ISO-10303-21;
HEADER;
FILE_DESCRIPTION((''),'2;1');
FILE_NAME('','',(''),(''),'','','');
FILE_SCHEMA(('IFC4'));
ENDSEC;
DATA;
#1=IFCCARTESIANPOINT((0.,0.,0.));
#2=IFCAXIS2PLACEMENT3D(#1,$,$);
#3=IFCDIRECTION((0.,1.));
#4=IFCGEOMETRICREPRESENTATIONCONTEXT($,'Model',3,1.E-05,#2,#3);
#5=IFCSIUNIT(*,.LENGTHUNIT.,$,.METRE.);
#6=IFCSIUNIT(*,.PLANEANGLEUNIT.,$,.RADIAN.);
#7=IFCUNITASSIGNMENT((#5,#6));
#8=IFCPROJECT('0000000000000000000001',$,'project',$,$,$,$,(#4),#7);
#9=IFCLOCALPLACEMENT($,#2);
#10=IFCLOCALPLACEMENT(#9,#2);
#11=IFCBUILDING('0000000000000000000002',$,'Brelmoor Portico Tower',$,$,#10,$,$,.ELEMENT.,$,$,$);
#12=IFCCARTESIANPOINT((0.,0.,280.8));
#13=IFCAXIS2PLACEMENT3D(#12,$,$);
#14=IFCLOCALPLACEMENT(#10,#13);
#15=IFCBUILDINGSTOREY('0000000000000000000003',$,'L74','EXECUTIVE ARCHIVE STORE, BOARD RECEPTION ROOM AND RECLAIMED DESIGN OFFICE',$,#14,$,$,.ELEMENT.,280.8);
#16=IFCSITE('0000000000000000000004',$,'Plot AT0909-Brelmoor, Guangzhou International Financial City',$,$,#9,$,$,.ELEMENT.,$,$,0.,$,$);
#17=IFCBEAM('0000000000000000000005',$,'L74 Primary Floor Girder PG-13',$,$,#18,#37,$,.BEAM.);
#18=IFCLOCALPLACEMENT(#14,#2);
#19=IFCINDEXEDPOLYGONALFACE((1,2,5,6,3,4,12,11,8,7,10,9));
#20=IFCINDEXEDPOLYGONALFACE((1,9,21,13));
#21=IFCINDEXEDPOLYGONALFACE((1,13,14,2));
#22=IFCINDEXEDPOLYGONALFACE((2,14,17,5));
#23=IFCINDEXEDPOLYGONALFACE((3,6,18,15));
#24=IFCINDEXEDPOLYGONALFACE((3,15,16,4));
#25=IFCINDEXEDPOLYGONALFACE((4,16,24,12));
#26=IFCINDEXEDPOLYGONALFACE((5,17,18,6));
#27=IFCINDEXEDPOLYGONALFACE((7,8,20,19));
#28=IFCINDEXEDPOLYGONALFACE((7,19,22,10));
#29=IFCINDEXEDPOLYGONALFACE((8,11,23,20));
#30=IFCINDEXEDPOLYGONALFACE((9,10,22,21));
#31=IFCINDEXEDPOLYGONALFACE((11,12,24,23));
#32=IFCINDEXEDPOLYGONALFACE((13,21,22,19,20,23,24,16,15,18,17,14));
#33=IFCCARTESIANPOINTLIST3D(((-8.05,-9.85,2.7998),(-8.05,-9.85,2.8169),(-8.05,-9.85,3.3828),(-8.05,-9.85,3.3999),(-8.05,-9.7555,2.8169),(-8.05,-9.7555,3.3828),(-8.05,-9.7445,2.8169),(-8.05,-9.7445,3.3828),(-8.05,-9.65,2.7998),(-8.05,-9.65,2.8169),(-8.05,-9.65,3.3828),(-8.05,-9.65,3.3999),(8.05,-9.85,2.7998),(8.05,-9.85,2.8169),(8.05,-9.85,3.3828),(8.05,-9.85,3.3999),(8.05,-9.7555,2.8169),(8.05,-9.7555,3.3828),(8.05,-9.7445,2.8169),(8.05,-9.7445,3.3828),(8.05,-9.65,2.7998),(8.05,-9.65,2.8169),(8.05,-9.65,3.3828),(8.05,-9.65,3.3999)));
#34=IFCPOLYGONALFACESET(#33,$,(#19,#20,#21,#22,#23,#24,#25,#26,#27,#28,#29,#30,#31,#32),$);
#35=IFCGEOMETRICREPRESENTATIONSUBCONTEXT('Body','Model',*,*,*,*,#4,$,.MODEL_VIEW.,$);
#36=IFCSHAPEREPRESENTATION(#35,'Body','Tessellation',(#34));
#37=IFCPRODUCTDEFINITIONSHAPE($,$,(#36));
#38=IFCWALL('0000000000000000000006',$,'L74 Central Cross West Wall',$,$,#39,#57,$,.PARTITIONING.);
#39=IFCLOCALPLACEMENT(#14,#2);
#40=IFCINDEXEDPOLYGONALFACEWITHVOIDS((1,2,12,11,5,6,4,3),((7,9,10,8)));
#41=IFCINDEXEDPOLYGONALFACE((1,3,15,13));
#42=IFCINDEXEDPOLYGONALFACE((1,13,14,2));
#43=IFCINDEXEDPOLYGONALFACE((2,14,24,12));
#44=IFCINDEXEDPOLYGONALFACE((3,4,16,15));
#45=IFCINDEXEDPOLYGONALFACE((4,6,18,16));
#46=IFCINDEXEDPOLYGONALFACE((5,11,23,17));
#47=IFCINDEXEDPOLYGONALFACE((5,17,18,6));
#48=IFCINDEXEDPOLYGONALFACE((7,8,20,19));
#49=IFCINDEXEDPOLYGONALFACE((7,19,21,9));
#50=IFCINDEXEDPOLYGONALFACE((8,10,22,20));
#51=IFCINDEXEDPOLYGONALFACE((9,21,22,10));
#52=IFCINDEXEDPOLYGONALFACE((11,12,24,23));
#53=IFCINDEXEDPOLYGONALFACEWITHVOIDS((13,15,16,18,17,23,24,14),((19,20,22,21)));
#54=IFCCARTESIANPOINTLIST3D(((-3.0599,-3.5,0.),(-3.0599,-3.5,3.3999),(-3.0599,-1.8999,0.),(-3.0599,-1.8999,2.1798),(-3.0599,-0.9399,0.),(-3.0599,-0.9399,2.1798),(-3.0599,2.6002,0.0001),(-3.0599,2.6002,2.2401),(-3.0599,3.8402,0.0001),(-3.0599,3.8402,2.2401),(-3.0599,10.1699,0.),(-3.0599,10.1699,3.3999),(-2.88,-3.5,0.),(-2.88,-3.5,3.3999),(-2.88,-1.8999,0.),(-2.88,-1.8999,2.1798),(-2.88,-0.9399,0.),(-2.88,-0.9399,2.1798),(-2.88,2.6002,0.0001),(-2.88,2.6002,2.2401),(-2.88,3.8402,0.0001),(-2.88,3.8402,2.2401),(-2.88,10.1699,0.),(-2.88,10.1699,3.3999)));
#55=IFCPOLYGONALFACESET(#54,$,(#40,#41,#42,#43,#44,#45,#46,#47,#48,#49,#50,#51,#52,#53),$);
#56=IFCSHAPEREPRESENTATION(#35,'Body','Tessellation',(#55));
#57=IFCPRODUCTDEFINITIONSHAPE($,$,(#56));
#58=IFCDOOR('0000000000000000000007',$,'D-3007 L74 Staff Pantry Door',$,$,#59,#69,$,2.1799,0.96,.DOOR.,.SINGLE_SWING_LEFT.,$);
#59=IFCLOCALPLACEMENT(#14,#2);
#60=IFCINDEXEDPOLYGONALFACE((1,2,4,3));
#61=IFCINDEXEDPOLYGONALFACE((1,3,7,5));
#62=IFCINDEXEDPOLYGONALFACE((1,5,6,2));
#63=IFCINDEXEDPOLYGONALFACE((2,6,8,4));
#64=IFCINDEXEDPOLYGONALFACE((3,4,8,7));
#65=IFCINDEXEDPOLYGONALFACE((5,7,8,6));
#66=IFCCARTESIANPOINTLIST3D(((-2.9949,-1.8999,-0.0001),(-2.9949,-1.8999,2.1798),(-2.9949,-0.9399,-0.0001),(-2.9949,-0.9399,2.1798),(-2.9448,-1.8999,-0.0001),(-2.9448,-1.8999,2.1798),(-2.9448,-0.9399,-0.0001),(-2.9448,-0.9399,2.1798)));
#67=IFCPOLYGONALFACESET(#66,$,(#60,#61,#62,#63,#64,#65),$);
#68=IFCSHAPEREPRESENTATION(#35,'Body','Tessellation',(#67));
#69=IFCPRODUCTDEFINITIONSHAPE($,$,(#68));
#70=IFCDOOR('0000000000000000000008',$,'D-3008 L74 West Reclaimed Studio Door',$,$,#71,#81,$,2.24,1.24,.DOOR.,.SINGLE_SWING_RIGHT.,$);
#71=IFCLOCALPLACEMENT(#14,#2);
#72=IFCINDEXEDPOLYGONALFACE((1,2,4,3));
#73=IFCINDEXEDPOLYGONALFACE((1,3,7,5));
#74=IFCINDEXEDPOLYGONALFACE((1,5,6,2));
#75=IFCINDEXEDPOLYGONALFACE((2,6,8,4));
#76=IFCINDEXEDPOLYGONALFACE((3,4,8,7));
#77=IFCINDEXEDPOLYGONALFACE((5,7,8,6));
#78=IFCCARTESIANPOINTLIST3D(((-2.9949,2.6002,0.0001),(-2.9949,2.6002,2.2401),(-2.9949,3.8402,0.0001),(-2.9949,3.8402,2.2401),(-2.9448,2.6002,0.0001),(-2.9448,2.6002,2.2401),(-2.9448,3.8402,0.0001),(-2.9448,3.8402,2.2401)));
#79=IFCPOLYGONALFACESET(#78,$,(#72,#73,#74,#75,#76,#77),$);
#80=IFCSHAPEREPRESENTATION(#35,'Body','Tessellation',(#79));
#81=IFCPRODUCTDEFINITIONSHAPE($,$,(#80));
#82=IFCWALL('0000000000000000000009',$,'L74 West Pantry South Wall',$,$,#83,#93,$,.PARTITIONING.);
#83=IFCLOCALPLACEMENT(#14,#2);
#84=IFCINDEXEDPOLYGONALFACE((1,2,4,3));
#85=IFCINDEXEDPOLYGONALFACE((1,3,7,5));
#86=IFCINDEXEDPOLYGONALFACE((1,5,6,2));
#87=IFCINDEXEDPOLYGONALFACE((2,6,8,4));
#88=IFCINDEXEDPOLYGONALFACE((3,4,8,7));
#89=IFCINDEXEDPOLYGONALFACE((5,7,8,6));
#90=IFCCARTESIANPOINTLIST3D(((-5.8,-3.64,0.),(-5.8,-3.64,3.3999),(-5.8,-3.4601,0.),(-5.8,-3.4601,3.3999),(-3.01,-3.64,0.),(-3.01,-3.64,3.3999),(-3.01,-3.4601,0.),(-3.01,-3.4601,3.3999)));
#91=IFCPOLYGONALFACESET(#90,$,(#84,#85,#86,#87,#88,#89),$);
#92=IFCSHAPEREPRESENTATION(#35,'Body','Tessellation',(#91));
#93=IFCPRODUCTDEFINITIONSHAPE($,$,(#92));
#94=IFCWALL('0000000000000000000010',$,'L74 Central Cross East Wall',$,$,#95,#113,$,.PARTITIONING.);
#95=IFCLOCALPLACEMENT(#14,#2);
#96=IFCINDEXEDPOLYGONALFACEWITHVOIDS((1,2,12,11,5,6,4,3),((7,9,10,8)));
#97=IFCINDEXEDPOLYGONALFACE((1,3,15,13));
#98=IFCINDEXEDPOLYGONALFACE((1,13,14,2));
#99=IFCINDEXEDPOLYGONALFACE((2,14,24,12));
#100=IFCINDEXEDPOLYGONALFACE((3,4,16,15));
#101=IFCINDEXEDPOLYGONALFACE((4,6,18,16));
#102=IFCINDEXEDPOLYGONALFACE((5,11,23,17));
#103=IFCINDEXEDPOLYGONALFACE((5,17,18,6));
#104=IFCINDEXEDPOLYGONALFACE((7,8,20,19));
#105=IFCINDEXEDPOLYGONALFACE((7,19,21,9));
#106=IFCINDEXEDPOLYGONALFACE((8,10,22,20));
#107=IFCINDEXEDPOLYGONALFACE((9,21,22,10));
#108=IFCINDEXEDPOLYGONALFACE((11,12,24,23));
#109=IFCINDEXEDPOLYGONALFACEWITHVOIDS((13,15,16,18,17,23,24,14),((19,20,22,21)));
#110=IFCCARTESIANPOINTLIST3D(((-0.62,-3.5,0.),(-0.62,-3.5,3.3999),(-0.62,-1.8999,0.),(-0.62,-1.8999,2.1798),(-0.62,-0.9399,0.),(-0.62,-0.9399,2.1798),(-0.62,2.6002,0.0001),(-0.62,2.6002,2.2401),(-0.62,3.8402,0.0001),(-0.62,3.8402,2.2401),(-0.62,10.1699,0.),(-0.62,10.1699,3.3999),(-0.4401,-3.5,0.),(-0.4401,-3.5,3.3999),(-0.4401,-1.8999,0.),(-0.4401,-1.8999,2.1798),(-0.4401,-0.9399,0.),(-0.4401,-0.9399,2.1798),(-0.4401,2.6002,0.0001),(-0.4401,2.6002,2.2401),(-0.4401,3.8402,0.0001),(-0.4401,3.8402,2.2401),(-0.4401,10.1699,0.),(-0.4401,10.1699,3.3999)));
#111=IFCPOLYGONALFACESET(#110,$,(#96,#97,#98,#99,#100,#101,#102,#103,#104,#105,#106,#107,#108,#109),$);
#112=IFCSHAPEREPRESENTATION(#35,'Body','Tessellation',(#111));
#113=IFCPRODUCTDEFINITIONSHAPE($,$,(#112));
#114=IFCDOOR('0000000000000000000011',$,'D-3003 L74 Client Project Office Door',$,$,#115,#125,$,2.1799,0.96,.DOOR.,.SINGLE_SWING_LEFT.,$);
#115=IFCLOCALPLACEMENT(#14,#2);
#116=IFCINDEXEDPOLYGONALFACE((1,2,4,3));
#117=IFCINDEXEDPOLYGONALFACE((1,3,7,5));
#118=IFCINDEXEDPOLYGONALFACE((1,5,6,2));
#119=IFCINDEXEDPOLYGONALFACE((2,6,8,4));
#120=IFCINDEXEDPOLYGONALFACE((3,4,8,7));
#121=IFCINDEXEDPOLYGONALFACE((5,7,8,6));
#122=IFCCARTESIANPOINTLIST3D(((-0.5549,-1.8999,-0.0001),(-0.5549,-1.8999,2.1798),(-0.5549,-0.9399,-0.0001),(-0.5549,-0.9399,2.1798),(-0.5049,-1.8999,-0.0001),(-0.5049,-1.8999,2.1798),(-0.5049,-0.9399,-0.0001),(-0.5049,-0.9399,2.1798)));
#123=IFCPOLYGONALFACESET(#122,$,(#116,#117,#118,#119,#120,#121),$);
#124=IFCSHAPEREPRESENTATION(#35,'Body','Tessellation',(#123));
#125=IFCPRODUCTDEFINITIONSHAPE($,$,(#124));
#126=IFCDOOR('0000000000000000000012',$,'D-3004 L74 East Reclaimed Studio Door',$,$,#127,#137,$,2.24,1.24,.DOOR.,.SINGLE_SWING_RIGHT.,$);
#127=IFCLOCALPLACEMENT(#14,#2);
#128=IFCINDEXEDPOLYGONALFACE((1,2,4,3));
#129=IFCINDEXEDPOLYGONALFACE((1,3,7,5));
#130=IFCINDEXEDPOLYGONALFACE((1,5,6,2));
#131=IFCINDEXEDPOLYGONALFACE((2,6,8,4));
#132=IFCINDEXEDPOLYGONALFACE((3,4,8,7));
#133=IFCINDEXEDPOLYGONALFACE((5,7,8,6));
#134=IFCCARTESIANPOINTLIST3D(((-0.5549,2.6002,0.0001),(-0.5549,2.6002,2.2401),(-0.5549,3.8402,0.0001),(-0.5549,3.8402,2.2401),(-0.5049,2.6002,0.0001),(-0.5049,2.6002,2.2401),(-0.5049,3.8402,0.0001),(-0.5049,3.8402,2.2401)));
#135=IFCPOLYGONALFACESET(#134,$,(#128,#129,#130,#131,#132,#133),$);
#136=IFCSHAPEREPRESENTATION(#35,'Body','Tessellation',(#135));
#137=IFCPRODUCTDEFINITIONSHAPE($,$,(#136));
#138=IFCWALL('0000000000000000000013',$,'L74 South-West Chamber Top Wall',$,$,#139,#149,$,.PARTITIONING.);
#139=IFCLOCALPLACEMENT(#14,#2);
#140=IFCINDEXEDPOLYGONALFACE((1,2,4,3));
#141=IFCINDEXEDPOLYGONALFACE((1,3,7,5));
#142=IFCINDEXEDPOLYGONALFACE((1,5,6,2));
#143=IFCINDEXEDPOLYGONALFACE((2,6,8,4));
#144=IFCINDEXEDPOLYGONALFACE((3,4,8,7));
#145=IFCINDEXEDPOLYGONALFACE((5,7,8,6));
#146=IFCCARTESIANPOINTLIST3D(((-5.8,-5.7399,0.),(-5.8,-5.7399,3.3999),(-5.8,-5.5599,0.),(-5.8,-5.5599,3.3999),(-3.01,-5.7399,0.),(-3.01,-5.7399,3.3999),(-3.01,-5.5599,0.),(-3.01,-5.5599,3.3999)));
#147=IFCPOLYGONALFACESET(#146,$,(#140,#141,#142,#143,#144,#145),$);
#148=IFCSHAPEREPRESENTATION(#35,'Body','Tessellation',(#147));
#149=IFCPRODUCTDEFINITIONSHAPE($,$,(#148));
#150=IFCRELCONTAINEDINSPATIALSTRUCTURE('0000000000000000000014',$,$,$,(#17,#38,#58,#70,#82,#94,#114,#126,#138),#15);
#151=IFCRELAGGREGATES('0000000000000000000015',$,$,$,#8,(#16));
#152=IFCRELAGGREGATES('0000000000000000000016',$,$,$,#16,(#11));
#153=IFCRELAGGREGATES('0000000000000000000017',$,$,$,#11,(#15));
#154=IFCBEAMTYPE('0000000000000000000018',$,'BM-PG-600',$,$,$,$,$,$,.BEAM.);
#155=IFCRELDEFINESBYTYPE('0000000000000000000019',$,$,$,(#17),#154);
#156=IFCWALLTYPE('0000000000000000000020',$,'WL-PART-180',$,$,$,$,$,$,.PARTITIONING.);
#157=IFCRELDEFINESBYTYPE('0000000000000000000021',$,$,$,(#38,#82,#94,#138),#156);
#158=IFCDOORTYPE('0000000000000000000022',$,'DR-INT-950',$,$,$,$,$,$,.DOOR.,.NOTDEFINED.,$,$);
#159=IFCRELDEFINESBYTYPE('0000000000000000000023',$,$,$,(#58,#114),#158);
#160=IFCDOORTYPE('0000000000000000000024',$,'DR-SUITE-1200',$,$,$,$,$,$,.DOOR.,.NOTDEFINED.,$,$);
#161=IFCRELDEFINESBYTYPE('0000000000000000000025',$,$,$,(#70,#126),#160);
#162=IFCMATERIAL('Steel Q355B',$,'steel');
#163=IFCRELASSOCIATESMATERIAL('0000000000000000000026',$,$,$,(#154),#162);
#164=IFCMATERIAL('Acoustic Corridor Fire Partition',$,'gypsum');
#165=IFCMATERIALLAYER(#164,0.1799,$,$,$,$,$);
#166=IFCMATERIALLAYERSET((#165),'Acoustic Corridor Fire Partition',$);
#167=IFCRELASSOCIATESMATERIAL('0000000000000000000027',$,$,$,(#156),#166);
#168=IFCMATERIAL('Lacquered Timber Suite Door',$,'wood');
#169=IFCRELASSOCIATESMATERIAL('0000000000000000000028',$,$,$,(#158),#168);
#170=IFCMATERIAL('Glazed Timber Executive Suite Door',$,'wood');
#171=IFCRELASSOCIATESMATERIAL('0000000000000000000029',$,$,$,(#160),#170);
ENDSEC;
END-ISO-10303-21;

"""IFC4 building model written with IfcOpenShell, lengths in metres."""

from ifc_helpers import new_model, si_unit, direction, frame, frame_2d, origin, origin_2d, place, context, subcontext, project, spatial, rectangle, i_section, extrude, material, layer, layer_set, material_profile, profile_set, type_object, element, fill, save


model = new_model("IFC4")

# Units and contexts
model_context = context("Model", 3, precision=1e-05, world=origin(), true_north=direction((0.0, 1.0)))
body_context = subcontext(model_context, "Body", "Model", "MODEL_VIEW")
ifc_project = project(units=[si_unit("LENGTHUNIT", "METRE"), si_unit("PLANEANGLEUNIT", "RADIAN")], contexts=[model_context])

# Site, building, storey
site_placement = place(None, origin())
site = spatial("IfcSite", under=ifc_project, at=site_placement, Name="Plot AT0909-Brelmoor, Guangzhou International Financial City", CompositionType="ELEMENT", RefElevation=0.0)
building_placement = place(site_placement, origin())
building = spatial("IfcBuilding", under=site, at=building_placement, Name="Brelmoor Portico Tower", CompositionType="ELEMENT")
storey_placement = place(building_placement, frame((0.0, 0.0, 280.8)))
storey = spatial("IfcBuildingStorey", under=building, at=storey_placement, Name="L74", Description="EXECUTIVE ARCHIVE STORE, BOARD RECEPTION ROOM AND RECLAIMED DESIGN OFFICE", CompositionType="ELEMENT", Elevation=280.8)

# Beam
ifc_material_1 = material(Name="Steel Q355B", Category="steel")
ifc_material_profile = material_profile(ifc_material_1, i_section(OverallWidth=0.2, OverallDepth=0.6001, WebThickness=0.011, FlangeThickness=0.0171, at=origin_2d()), Name="HN 600x200x11x17")
ifc_profile_set = profile_set([ifc_material_profile], Name="Steel Q355B")
beam_type = type_object("IfcBeamType", Name="BM-PG-600", PredefinedType="BEAM", material=ifc_profile_set)
beam_placement = place(storey_placement, frame((-8.05, -9.75, 3.0999), z_axis=(1.0, 0.0, 0.0), x_axis=(0.0, 1.0, 0.0)))
element("IfcBeam", 1, at=beam_placement, inside=storey, type_object=beam_type, Name="L74 Primary Floor Girder PG-13", PredefinedType="BEAM", context=body_context, shape_type="SweptSolid", body=[
    extrude(i_section(OverallWidth=0.2, OverallDepth=0.6001, WebThickness=0.011, FlangeThickness=0.0171, at=origin_2d()), origin(), (0.0, 0.0, 1.0), 16.1001),
])

# Wall, openings, doors
ifc_material_2 = material(Name="Acoustic Corridor Fire Partition", Category="gypsum")
ifc_layer_1 = layer(ifc_material_2, 0.1799)
ifc_layer_set_1 = layer_set([ifc_layer_1], Name="Acoustic Corridor Fire Partition")
wall_type_1 = type_object("IfcWallType", Name="WL-PART-180", PredefinedType="PARTITIONING", material=ifc_layer_set_1)
wall_1_placement = place(storey_placement, frame((-2.97, -3.5, 0.0), z_axis=(0.0, 0.0, 1.0), x_axis=(0.0, 1.0, 0.0)))
wall_1 = element("IfcWall", 2, at=wall_1_placement, inside=storey, type_object=wall_type_1, Name="L74 Central Cross West Wall", PredefinedType="PARTITIONING", context=body_context, shape_type="SweptSolid", body=[
    extrude(rectangle(XDim=13.6699, YDim=0.1799, at=frame_2d((6.835, 0.0))), origin(), (0.0, 0.0, 1.0), 3.3999),
])
opening_1_placement = place(wall_1_placement, frame((6.1001, 0.0, 0.0)))
opening_1 = element("IfcOpeningElement", 3, at=opening_1_placement, cuts=wall_1, PredefinedType="OPENING", context=body_context, shape_type="SweptSolid", body=[
    extrude(rectangle(XDim=1.24, YDim=2.24, at=frame_2d((0.6201, 1.1201))), frame((0.0, 0.0999, 0.0), z_axis=(0.0, -1.0, 0.0), x_axis=(1.0, 0.0, 0.0)), (0.0, 0.0, 1.0), 0.2),
])
opening_2_placement = place(wall_1_placement, frame((1.6001, 0.0, 0.0)))
opening_2 = element("IfcOpeningElement", 4, at=opening_2_placement, cuts=wall_1, PredefinedType="OPENING", context=body_context, shape_type="SweptSolid", body=[
    extrude(rectangle(XDim=0.96, YDim=2.1799, at=frame_2d((0.48, 1.0898))), frame((0.0, 0.0999, 0.0), z_axis=(0.0, -1.0, 0.0), x_axis=(1.0, 0.0, 0.0)), (0.0, 0.0, 1.0), 0.2),
])
ifc_material_3 = material(Name="Lacquered Timber Suite Door", Category="wood")
door_type_1 = type_object("IfcDoorType", Name="DR-INT-950", OperationType="NOTDEFINED", PredefinedType="DOOR", material=ifc_material_3)
door_1_placement = place(opening_2_placement, origin())
door_1 = element("IfcDoor", 5, at=door_1_placement, inside=storey, type_object=door_type_1, Name="D-3007 L74 Staff Pantry Door", OperationType="SINGLE_SWING_LEFT", OverallHeight=2.1799, OverallWidth=0.96, PredefinedType="DOOR", context=body_context, shape_type="SweptSolid", body=[
    extrude(rectangle(XDim=0.96, YDim=2.1799, at=frame_2d((0.48, 1.0898))), frame((0.0, 0.0249, 0.0), z_axis=(0.0, -1.0, 0.0), x_axis=(1.0, 0.0, 0.0)), (0.0, 0.0, 1.0), 0.05),
])
fill(opening_2, door_1)
ifc_material_4 = material(Name="Glazed Timber Executive Suite Door", Category="wood")
door_type_2 = type_object("IfcDoorType", Name="DR-SUITE-1200", OperationType="NOTDEFINED", PredefinedType="DOOR", material=ifc_material_4)
door_2_placement = place(opening_1_placement, origin())
door_2 = element("IfcDoor", 6, at=door_2_placement, inside=storey, type_object=door_type_2, Name="D-3008 L74 West Reclaimed Studio Door", OperationType="SINGLE_SWING_RIGHT", OverallHeight=2.24, OverallWidth=1.24, PredefinedType="DOOR", context=body_context, shape_type="SweptSolid", body=[
    extrude(rectangle(XDim=1.24, YDim=2.24, at=frame_2d((0.6201, 1.1201))), frame((0.0, 0.0249, 0.0), z_axis=(0.0, -1.0, 0.0), x_axis=(1.0, 0.0, 0.0)), (0.0, 0.0, 1.0), 0.05),
])
fill(opening_1, door_2)

# Wall
wall_2_placement = place(storey_placement, frame((-5.8, -3.55, 0.0), z_axis=(0.0, 0.0, 1.0), x_axis=(1.0, 0.0, 0.0)))
element("IfcWall", 7, at=wall_2_placement, inside=storey, type_object=wall_type_1, Name="L74 West Pantry South Wall", PredefinedType="PARTITIONING", context=body_context, shape_type="SweptSolid", body=[
    extrude(rectangle(XDim=2.79, YDim=0.1799, at=frame_2d((1.395, 0.0))), origin(), (0.0, 0.0, 1.0), 3.3999),
])

# Wall, openings, doors
wall_3_placement = place(storey_placement, frame((-0.53, -3.5, 0.0), z_axis=(0.0, 0.0, 1.0), x_axis=(0.0, 1.0, 0.0)))
wall_3 = element("IfcWall", 8, at=wall_3_placement, inside=storey, type_object=wall_type_1, Name="L74 Central Cross East Wall", PredefinedType="PARTITIONING", context=body_context, shape_type="SweptSolid", body=[
    extrude(rectangle(XDim=13.6699, YDim=0.1799, at=frame_2d((6.835, 0.0))), origin(), (0.0, 0.0, 1.0), 3.3999),
])
opening_3_placement = place(wall_3_placement, frame((6.1001, 0.0, 0.0)))
opening_3 = element("IfcOpeningElement", 9, at=opening_3_placement, cuts=wall_3, PredefinedType="OPENING", context=body_context, shape_type="SweptSolid", body=[
    extrude(rectangle(XDim=1.24, YDim=2.24, at=frame_2d((0.6201, 1.1201))), frame((0.0, 0.0999, 0.0), z_axis=(0.0, -1.0, 0.0), x_axis=(1.0, 0.0, 0.0)), (0.0, 0.0, 1.0), 0.2),
])
opening_4_placement = place(wall_3_placement, frame((1.6001, 0.0, 0.0)))
opening_4 = element("IfcOpeningElement", 10, at=opening_4_placement, cuts=wall_3, PredefinedType="OPENING", context=body_context, shape_type="SweptSolid", body=[
    extrude(rectangle(XDim=0.96, YDim=2.1799, at=frame_2d((0.48, 1.0898))), frame((0.0, 0.0999, 0.0), z_axis=(0.0, -1.0, 0.0), x_axis=(1.0, 0.0, 0.0)), (0.0, 0.0, 1.0), 0.2),
])
door_3_placement = place(opening_4_placement, origin())
door_3 = element("IfcDoor", 11, at=door_3_placement, inside=storey, type_object=door_type_1, Name="D-3003 L74 Client Project Office Door", OperationType="SINGLE_SWING_LEFT", OverallHeight=2.1799, OverallWidth=0.96, PredefinedType="DOOR", context=body_context, shape_type="SweptSolid", body=[
    extrude(rectangle(XDim=0.96, YDim=2.1799, at=frame_2d((0.48, 1.0898))), frame((0.0, 0.0249, 0.0), z_axis=(0.0, -1.0, 0.0), x_axis=(1.0, 0.0, 0.0)), (0.0, 0.0, 1.0), 0.05),
])
fill(opening_4, door_3)
door_4_placement = place(opening_3_placement, origin())
door_4 = element("IfcDoor", 12, at=door_4_placement, inside=storey, type_object=door_type_2, Name="D-3004 L74 East Reclaimed Studio Door", OperationType="SINGLE_SWING_RIGHT", OverallHeight=2.24, OverallWidth=1.24, PredefinedType="DOOR", context=body_context, shape_type="SweptSolid", body=[
    extrude(rectangle(XDim=1.24, YDim=2.24, at=frame_2d((0.6201, 1.1201))), frame((0.0, 0.0249, 0.0), z_axis=(0.0, -1.0, 0.0), x_axis=(1.0, 0.0, 0.0)), (0.0, 0.0, 1.0), 0.05),
])
fill(opening_3, door_4)

# Wall
wall_4_placement = place(storey_placement, frame((-5.8, -5.6499, 0.0), z_axis=(0.0, 0.0, 1.0), x_axis=(1.0, 0.0, 0.0)))
element("IfcWall", 13, at=wall_4_placement, inside=storey, type_object=wall_type_1, Name="L74 South-West Chamber Top Wall", PredefinedType="PARTITIONING", context=body_context, shape_type="SweptSolid", body=[
    extrude(rectangle(XDim=2.79, YDim=0.1799, at=frame_2d((1.395, 0.0))), origin(), (0.0, 0.0, 1.0), 3.3999),
])

save(model, "model.ifc")
